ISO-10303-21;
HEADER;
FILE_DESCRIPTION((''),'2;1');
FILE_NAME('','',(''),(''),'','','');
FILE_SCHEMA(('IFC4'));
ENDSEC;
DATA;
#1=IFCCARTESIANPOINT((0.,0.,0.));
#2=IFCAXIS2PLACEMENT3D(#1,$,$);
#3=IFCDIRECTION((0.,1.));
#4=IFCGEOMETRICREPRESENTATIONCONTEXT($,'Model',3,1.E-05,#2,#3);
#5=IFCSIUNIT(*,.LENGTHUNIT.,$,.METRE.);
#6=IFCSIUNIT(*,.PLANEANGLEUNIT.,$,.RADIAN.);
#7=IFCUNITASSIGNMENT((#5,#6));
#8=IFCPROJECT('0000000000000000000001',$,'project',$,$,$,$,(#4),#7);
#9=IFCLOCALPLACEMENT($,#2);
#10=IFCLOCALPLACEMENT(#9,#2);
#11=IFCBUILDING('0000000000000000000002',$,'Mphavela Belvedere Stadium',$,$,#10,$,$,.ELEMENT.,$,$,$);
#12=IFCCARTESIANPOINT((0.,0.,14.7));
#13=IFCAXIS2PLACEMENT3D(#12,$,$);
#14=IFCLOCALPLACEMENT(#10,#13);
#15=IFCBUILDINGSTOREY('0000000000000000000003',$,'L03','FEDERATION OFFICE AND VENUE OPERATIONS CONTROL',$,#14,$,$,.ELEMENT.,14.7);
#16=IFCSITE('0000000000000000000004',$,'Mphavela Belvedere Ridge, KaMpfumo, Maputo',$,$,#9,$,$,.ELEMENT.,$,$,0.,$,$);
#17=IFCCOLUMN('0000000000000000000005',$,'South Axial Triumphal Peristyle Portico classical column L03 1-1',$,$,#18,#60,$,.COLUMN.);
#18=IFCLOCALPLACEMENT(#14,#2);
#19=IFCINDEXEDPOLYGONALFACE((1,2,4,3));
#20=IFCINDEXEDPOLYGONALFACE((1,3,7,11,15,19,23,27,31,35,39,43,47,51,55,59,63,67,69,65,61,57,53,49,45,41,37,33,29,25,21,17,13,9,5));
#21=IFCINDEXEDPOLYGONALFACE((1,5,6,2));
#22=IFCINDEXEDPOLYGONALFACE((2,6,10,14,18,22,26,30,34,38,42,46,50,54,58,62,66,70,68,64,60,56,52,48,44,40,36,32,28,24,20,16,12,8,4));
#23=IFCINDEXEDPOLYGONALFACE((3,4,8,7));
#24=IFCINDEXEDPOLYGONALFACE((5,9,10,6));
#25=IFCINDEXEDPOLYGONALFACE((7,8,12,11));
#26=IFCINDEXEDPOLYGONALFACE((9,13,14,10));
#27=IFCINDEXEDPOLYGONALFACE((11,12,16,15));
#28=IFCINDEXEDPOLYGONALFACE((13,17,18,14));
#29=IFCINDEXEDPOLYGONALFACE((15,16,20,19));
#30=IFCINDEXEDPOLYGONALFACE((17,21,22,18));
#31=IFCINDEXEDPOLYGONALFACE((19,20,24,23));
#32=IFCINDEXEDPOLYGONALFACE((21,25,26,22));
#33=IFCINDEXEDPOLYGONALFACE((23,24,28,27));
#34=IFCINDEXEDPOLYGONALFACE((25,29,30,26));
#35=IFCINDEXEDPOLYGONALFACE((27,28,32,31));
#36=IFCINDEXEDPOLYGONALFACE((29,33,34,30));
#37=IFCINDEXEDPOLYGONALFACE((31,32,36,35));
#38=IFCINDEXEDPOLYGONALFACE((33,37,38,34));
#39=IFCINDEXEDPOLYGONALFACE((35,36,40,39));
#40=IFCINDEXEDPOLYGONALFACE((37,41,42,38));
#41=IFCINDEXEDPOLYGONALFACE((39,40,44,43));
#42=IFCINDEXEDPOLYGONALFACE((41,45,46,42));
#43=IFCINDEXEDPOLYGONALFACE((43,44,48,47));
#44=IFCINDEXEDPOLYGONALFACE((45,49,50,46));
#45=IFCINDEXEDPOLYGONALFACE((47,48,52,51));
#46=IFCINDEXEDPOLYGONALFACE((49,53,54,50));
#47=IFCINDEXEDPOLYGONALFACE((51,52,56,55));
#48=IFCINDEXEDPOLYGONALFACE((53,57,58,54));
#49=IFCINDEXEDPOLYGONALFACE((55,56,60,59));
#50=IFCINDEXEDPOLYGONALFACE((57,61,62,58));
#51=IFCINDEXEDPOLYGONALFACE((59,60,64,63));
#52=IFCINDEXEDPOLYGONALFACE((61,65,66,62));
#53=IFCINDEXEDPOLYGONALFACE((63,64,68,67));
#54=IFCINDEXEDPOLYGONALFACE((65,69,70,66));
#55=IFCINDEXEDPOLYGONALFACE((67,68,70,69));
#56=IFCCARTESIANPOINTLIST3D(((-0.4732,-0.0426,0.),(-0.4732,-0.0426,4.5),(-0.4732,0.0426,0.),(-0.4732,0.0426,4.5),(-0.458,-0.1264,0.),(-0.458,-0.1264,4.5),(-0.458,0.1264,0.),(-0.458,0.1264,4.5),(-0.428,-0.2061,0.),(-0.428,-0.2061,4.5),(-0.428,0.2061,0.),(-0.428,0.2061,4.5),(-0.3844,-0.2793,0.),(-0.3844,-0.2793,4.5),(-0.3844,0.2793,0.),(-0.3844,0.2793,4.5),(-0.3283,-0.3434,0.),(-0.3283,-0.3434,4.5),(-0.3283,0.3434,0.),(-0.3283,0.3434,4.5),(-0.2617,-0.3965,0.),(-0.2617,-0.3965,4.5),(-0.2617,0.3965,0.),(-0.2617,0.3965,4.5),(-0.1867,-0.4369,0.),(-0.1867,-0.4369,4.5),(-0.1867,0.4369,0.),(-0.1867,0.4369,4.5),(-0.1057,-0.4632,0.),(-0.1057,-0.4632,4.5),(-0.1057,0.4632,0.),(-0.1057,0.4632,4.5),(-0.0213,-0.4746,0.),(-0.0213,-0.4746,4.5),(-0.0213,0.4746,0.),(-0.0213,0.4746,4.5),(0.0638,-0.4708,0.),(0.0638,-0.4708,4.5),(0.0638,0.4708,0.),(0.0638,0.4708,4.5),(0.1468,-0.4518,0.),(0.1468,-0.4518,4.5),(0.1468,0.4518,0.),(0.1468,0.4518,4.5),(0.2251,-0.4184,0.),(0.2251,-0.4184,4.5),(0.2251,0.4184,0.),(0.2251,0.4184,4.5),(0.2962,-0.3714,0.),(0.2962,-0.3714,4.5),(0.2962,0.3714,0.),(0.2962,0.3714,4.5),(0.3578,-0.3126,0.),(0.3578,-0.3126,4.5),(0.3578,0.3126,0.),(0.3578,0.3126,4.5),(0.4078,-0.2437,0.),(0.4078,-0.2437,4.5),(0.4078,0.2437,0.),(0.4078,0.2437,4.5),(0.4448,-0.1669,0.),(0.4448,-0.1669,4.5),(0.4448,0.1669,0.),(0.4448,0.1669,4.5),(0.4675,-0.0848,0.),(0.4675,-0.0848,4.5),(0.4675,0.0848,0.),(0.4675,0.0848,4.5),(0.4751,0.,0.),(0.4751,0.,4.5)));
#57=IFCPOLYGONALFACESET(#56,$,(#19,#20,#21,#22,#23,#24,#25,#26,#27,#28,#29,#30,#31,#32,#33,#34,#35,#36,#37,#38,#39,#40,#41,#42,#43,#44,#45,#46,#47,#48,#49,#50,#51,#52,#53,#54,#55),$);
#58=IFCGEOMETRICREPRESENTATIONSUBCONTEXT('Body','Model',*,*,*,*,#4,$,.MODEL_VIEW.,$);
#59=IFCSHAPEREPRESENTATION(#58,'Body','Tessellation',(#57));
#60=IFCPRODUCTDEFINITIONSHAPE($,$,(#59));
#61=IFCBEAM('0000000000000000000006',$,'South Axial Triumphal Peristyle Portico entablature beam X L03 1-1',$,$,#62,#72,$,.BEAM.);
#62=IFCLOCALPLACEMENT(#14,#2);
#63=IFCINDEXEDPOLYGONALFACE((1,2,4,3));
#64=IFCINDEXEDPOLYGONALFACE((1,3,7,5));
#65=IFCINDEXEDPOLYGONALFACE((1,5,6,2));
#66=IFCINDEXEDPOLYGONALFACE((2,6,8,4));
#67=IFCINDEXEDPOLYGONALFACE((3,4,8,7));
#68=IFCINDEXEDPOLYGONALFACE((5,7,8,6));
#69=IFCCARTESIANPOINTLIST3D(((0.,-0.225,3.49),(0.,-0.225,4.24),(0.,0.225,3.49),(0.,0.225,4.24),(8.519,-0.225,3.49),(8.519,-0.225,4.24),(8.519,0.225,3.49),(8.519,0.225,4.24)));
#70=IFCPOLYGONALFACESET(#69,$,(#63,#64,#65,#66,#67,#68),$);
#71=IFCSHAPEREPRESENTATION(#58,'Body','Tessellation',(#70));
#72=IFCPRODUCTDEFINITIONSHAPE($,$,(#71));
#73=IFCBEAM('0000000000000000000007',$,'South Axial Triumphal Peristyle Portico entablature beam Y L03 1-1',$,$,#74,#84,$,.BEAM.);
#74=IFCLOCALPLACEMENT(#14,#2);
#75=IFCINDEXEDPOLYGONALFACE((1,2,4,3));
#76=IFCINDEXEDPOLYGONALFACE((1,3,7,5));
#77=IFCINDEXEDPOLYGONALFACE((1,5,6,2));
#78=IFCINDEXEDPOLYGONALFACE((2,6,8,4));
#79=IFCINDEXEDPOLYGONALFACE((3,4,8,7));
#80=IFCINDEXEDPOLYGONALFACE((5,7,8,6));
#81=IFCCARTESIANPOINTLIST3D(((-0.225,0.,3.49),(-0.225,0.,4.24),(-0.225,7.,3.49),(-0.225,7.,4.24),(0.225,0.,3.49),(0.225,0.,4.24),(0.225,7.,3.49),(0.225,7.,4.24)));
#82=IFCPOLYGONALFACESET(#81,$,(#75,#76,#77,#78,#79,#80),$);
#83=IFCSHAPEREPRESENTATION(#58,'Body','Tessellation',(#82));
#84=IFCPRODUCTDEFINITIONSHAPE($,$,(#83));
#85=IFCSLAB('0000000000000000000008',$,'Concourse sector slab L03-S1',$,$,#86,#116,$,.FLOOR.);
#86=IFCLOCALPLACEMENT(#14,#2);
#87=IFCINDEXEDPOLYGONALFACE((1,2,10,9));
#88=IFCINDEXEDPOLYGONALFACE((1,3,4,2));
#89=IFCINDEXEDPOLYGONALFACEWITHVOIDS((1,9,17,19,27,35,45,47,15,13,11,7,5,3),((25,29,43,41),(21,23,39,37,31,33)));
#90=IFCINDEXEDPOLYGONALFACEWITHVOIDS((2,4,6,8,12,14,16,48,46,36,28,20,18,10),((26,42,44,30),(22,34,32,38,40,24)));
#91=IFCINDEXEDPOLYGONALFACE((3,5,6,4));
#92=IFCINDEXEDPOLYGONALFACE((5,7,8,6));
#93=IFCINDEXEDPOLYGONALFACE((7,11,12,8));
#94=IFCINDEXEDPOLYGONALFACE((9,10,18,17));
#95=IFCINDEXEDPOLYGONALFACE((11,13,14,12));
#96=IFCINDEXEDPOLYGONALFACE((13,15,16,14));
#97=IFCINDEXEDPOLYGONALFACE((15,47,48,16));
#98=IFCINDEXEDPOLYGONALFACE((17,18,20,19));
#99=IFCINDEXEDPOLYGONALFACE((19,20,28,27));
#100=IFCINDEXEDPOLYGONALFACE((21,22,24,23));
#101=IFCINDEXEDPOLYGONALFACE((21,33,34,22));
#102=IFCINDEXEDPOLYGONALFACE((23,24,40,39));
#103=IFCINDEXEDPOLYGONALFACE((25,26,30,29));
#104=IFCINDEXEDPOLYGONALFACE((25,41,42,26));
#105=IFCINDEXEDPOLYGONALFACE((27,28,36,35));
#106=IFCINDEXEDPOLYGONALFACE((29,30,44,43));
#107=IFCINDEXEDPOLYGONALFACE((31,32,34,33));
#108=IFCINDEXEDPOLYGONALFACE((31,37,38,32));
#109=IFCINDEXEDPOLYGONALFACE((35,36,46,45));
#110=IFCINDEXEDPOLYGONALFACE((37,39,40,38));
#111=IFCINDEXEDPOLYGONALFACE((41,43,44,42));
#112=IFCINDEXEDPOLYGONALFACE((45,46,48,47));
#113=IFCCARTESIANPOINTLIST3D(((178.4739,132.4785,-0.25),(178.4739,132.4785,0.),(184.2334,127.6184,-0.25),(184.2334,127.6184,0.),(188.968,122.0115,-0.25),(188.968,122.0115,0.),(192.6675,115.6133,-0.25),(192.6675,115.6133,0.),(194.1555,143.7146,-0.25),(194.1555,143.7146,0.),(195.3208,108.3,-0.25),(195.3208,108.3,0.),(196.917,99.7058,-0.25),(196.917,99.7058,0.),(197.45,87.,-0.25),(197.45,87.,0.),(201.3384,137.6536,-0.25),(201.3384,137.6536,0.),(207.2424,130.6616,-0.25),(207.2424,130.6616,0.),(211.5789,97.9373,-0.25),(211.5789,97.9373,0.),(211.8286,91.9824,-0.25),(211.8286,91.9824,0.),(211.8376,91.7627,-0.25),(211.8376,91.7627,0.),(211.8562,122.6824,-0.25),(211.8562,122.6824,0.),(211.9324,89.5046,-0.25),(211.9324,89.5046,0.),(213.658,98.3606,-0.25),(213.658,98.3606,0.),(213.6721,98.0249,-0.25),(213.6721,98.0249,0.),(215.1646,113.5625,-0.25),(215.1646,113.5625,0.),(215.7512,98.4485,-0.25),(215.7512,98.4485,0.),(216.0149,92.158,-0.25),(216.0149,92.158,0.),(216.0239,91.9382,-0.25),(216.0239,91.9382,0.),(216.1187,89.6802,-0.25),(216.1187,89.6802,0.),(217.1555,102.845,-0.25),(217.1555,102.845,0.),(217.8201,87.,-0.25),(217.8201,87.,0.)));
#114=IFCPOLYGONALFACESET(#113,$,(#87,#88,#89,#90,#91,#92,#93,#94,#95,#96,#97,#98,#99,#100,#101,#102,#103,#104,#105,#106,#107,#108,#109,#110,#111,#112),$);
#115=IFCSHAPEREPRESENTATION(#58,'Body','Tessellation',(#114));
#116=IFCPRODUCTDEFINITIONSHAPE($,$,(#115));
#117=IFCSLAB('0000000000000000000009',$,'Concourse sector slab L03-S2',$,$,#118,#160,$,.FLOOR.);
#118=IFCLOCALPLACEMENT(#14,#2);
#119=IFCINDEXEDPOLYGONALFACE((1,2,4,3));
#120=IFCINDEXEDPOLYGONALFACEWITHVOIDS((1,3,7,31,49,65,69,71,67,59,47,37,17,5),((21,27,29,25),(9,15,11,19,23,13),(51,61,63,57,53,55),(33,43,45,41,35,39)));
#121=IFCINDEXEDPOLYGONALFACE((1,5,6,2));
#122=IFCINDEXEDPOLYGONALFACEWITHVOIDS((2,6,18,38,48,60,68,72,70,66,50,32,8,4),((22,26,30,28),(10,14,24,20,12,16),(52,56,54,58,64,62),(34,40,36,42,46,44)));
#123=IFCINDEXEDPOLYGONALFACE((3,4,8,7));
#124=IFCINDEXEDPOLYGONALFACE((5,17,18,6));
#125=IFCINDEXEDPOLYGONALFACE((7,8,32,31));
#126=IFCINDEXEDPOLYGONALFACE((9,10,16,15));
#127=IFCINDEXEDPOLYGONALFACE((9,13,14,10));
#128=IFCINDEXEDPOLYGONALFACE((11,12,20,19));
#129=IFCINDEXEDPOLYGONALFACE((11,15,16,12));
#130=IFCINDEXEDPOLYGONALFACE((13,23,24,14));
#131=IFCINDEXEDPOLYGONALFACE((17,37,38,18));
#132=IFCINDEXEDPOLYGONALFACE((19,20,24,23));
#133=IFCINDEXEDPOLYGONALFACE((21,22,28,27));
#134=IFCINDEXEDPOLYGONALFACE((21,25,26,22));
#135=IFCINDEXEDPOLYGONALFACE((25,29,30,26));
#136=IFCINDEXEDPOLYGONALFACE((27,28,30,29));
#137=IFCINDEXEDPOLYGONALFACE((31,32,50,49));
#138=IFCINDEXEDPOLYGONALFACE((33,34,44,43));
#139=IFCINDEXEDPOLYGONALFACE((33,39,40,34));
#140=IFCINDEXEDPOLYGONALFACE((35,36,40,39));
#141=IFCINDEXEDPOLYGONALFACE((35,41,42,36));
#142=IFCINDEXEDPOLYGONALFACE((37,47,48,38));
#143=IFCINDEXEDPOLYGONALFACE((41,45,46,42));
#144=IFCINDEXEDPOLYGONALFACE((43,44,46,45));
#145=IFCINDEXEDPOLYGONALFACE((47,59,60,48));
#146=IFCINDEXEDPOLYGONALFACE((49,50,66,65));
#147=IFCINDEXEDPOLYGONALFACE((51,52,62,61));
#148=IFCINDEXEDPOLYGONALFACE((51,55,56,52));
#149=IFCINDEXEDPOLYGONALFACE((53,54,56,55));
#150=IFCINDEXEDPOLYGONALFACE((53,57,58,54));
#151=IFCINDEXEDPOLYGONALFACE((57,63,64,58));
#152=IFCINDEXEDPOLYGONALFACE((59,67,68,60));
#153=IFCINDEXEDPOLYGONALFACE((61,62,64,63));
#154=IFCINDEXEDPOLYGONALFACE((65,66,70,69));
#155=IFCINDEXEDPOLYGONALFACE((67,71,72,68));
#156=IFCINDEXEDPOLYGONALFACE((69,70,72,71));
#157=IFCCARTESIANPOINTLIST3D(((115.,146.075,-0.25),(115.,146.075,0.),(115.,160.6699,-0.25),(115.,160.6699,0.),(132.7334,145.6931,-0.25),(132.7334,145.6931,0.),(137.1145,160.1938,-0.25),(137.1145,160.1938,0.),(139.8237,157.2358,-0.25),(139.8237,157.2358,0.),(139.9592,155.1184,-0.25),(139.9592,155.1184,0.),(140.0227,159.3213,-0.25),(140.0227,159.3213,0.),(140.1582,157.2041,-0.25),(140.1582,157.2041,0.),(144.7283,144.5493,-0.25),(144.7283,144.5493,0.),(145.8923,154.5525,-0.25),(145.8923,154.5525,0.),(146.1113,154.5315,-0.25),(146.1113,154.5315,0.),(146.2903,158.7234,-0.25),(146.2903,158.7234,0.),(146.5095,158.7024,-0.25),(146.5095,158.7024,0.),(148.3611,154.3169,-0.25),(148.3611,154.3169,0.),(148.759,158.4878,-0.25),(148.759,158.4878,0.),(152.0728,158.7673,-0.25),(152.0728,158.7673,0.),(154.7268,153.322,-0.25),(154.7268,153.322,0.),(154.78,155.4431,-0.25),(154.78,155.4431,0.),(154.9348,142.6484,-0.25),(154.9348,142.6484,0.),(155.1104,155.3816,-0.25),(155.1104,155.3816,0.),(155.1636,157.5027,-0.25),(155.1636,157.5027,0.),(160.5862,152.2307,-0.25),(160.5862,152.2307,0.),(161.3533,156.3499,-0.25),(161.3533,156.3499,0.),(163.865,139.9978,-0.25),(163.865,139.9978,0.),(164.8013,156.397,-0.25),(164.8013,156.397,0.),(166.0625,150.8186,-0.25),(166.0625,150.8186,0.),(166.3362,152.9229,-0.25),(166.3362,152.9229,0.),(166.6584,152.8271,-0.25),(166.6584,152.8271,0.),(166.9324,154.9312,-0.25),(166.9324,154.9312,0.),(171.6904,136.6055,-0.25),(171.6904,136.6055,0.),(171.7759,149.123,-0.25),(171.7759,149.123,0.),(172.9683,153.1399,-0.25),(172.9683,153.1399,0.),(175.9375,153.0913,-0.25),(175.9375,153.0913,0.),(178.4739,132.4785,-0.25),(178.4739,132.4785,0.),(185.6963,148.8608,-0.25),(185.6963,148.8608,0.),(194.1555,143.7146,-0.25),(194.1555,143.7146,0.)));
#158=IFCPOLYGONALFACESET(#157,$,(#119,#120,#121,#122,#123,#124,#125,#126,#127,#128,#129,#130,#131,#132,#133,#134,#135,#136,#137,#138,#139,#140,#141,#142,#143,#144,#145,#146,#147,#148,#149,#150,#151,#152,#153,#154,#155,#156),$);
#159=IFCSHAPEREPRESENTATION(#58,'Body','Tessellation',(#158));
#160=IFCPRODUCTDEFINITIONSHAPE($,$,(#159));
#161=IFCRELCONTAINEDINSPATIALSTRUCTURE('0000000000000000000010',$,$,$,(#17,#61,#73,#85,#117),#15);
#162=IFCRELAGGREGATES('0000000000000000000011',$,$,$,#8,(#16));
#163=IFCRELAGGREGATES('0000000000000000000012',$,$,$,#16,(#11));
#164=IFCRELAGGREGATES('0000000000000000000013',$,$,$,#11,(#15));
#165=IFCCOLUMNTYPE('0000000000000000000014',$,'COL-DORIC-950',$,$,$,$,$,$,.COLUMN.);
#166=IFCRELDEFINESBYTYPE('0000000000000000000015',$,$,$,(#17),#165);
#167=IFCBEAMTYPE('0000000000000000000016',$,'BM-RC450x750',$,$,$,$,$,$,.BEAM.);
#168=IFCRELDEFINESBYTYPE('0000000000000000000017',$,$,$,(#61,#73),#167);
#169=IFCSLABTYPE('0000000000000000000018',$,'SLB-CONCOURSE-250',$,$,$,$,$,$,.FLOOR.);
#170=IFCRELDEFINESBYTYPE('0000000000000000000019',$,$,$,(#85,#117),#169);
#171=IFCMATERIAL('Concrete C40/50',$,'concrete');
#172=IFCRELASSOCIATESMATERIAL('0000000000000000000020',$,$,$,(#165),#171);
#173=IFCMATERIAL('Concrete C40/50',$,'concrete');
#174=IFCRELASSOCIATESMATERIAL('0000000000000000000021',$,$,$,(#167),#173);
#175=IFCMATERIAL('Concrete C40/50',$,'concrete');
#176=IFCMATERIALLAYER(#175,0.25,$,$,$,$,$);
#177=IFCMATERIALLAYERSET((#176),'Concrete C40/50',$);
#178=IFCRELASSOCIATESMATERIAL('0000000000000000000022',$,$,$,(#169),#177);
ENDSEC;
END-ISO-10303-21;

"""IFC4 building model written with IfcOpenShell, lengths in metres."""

from ifc_helpers import new_model, si_unit, direction, frame, origin, origin_with_axes, origin_2d, place, context, subcontext, project, spatial, polyline, rectangle, circle, outline, extrude, material, layer, layer_set, material_profile, profile_set, type_object, element, save


model = new_model("IFC4")

# Units and contexts
model_context = context("Model", 3, precision=1e-05, world=origin(), true_north=direction((0.0, 1.0)))
body_context = subcontext(model_context, "Body", "Model", "MODEL_VIEW")
ifc_project = project(units=[si_unit("LENGTHUNIT", "METRE"), si_unit("PLANEANGLEUNIT", "RADIAN")], contexts=[model_context])

# Site, building, storey
site_placement = place(None, origin())
site = spatial("IfcSite", under=ifc_project, at=site_placement, Name="Mphavela Belvedere Ridge, KaMpfumo, Maputo", CompositionType="ELEMENT", RefElevation=0.0)
building_placement = place(site_placement, origin())
building = spatial("IfcBuilding", under=site, at=building_placement, Name="Mphavela Belvedere Stadium", CompositionType="ELEMENT")
storey_placement = place(building_placement, frame((0.0, 0.0, 14.7)))
storey = spatial("IfcBuildingStorey", under=building, at=storey_placement, Name="L03", Description="FEDERATION OFFICE AND VENUE OPERATIONS CONTROL", CompositionType="ELEMENT", Elevation=14.7)

# Column
ifc_material_1 = material(Name="Concrete C40/50", Category="concrete")
ifc_material_profile_1 = material_profile(ifc_material_1, circle(Radius=0.4751, at=origin_2d()), Name="COL D950")
ifc_profile_set_1 = profile_set([ifc_material_profile_1], Name="Concrete C40/50")
column_type = type_object("IfcColumnType", Name="COL-DORIC-950", PredefinedType="COLUMN", material=ifc_profile_set_1)
column_placement = place(storey_placement, origin_with_axes())
element("IfcColumn", 1, at=column_placement, inside=storey, type_object=column_type, Name="South Axial Triumphal Peristyle Portico classical column L03 1-1", PredefinedType="COLUMN", context=body_context, shape_type="SweptSolid", body=[
    extrude(circle(Radius=0.4751, at=origin_2d()), origin(), (0.0, 0.0, 1.0), 4.5),
])

# Beams
ifc_material_2 = material(Name="Concrete C40/50", Category="concrete")
ifc_material_profile_2 = material_profile(ifc_material_2, rectangle(XDim=0.45, YDim=0.75, at=origin_2d()), Name="RC 450x750")
ifc_profile_set_2 = profile_set([ifc_material_profile_2], Name="Concrete C40/50")
beam_type = type_object("IfcBeamType", Name="BM-RC450x750", PredefinedType="BEAM", material=ifc_profile_set_2)
beam_1_placement = place(storey_placement, frame((0.0, 0.0, 3.865), z_axis=(1.0, 0.0, 0.0), x_axis=(0.0, 1.0, 0.0)))
element("IfcBeam", 2, at=beam_1_placement, inside=storey, type_object=beam_type, Name="South Axial Triumphal Peristyle Portico entablature beam X L03 1-1", PredefinedType="BEAM", context=body_context, shape_type="SweptSolid", body=[
    extrude(rectangle(XDim=0.45, YDim=0.75, at=origin_2d()), origin(), (0.0, 0.0, 1.0), 8.519),
])
beam_2_placement = place(storey_placement, frame((0.0, 0.0, 3.865), z_axis=(0.0, 1.0, 0.0), x_axis=(-1.0, 0.0, 0.0)))
element("IfcBeam", 3, at=beam_2_placement, inside=storey, type_object=beam_type, Name="South Axial Triumphal Peristyle Portico entablature beam Y L03 1-1", PredefinedType="BEAM", context=body_context, shape_type="SweptSolid", body=[
    extrude(rectangle(XDim=0.45, YDim=0.75, at=origin_2d()), origin(), (0.0, 0.0, 1.0), 7.0),
])

# Slabs
ifc_material_3 = material(Name="Concrete C40/50", Category="concrete")
ifc_layer_1 = layer(ifc_material_3, 0.25)
ifc_layer_set_1 = layer_set([ifc_layer_1], Name="Concrete C40/50")
slab_type_1 = type_object("IfcSlabType", Name="SLB-CONCOURSE-250", PredefinedType="FLOOR", material=ifc_layer_set_1)
slab_1_placement = place(storey_placement, frame((0.0, 0.0, -0.25)))
element("IfcSlab", 4, at=slab_1_placement, inside=storey, type_object=slab_type_1, Name="Concourse sector slab L03-S1", PredefinedType="FLOOR", context=body_context, shape_type="SweptSolid", body=[
    extrude(outline(polyline([(194.1555, 143.7146), (201.3384, 137.6536), (207.2424, 130.6616), (211.8562, 122.6824), (215.1646, 113.5625), (217.1555, 102.845), (217.8201, 87.0), (197.45, 87.0), (196.917, 99.7058), (195.3208, 108.3), (192.6675, 115.6133), (188.968, 122.0115), (184.2334, 127.6184), (178.4739, 132.4785), (194.1555, 143.7146)]), holes=[polyline([(216.0149, 92.158), (215.7512, 98.4485), (213.658, 98.3606), (213.6721, 98.0249), (211.5789, 97.9373), (211.8286, 91.9824), (216.0149, 92.158)]), polyline([(216.1187, 89.6802), (216.0239, 91.9382), (211.8376, 91.7627), (211.9324, 89.5046), (216.1187, 89.6802)])]), origin(), (0.0, 0.0, 1.0), 0.25),
])
slab_2_placement = place(storey_placement, frame((0.0, 0.0, -0.25)))
element("IfcSlab", 5, at=slab_2_placement, inside=storey, type_object=slab_type_1, Name="Concourse sector slab L03-S2", PredefinedType="FLOOR", context=body_context, shape_type="SweptSolid", body=[
    extrude(outline(polyline([(152.0728, 158.7673), (164.8013, 156.397), (175.9375, 153.0913), (185.6963, 148.8608), (194.1555, 143.7146), (178.4739, 132.4785), (171.6904, 136.6055), (163.865, 139.9978), (154.9348, 142.6484), (144.7283, 144.5493), (132.7334, 145.6931), (115.0, 146.075), (115.0, 160.6699), (137.1145, 160.1938), (152.0728, 158.7673)]), holes=[polyline([(139.8237, 157.2358), (140.1582, 157.2041), (139.9592, 155.1184), (145.8923, 154.5525), (146.2903, 158.7234), (140.0227, 159.3213), (139.8237, 157.2358)]), polyline([(146.1113, 154.5315), (148.3611, 154.3169), (148.759, 158.4878), (146.5095, 158.7024), (146.1113, 154.5315)]), polyline([(172.9683, 153.1399), (166.9324, 154.9312), (166.3362, 152.9229), (166.6584, 152.8271), (166.0625, 150.8186), (171.7759, 149.123), (172.9683, 153.1399)]), polyline([(160.5862, 152.2307), (161.3533, 156.3499), (155.1636, 157.5027), (154.78, 155.4431), (155.1104, 155.3816), (154.7268, 153.322), (160.5862, 152.2307)])]), origin(), (0.0, 0.0, 1.0), 0.25),
])

save(model, "model.ifc")
